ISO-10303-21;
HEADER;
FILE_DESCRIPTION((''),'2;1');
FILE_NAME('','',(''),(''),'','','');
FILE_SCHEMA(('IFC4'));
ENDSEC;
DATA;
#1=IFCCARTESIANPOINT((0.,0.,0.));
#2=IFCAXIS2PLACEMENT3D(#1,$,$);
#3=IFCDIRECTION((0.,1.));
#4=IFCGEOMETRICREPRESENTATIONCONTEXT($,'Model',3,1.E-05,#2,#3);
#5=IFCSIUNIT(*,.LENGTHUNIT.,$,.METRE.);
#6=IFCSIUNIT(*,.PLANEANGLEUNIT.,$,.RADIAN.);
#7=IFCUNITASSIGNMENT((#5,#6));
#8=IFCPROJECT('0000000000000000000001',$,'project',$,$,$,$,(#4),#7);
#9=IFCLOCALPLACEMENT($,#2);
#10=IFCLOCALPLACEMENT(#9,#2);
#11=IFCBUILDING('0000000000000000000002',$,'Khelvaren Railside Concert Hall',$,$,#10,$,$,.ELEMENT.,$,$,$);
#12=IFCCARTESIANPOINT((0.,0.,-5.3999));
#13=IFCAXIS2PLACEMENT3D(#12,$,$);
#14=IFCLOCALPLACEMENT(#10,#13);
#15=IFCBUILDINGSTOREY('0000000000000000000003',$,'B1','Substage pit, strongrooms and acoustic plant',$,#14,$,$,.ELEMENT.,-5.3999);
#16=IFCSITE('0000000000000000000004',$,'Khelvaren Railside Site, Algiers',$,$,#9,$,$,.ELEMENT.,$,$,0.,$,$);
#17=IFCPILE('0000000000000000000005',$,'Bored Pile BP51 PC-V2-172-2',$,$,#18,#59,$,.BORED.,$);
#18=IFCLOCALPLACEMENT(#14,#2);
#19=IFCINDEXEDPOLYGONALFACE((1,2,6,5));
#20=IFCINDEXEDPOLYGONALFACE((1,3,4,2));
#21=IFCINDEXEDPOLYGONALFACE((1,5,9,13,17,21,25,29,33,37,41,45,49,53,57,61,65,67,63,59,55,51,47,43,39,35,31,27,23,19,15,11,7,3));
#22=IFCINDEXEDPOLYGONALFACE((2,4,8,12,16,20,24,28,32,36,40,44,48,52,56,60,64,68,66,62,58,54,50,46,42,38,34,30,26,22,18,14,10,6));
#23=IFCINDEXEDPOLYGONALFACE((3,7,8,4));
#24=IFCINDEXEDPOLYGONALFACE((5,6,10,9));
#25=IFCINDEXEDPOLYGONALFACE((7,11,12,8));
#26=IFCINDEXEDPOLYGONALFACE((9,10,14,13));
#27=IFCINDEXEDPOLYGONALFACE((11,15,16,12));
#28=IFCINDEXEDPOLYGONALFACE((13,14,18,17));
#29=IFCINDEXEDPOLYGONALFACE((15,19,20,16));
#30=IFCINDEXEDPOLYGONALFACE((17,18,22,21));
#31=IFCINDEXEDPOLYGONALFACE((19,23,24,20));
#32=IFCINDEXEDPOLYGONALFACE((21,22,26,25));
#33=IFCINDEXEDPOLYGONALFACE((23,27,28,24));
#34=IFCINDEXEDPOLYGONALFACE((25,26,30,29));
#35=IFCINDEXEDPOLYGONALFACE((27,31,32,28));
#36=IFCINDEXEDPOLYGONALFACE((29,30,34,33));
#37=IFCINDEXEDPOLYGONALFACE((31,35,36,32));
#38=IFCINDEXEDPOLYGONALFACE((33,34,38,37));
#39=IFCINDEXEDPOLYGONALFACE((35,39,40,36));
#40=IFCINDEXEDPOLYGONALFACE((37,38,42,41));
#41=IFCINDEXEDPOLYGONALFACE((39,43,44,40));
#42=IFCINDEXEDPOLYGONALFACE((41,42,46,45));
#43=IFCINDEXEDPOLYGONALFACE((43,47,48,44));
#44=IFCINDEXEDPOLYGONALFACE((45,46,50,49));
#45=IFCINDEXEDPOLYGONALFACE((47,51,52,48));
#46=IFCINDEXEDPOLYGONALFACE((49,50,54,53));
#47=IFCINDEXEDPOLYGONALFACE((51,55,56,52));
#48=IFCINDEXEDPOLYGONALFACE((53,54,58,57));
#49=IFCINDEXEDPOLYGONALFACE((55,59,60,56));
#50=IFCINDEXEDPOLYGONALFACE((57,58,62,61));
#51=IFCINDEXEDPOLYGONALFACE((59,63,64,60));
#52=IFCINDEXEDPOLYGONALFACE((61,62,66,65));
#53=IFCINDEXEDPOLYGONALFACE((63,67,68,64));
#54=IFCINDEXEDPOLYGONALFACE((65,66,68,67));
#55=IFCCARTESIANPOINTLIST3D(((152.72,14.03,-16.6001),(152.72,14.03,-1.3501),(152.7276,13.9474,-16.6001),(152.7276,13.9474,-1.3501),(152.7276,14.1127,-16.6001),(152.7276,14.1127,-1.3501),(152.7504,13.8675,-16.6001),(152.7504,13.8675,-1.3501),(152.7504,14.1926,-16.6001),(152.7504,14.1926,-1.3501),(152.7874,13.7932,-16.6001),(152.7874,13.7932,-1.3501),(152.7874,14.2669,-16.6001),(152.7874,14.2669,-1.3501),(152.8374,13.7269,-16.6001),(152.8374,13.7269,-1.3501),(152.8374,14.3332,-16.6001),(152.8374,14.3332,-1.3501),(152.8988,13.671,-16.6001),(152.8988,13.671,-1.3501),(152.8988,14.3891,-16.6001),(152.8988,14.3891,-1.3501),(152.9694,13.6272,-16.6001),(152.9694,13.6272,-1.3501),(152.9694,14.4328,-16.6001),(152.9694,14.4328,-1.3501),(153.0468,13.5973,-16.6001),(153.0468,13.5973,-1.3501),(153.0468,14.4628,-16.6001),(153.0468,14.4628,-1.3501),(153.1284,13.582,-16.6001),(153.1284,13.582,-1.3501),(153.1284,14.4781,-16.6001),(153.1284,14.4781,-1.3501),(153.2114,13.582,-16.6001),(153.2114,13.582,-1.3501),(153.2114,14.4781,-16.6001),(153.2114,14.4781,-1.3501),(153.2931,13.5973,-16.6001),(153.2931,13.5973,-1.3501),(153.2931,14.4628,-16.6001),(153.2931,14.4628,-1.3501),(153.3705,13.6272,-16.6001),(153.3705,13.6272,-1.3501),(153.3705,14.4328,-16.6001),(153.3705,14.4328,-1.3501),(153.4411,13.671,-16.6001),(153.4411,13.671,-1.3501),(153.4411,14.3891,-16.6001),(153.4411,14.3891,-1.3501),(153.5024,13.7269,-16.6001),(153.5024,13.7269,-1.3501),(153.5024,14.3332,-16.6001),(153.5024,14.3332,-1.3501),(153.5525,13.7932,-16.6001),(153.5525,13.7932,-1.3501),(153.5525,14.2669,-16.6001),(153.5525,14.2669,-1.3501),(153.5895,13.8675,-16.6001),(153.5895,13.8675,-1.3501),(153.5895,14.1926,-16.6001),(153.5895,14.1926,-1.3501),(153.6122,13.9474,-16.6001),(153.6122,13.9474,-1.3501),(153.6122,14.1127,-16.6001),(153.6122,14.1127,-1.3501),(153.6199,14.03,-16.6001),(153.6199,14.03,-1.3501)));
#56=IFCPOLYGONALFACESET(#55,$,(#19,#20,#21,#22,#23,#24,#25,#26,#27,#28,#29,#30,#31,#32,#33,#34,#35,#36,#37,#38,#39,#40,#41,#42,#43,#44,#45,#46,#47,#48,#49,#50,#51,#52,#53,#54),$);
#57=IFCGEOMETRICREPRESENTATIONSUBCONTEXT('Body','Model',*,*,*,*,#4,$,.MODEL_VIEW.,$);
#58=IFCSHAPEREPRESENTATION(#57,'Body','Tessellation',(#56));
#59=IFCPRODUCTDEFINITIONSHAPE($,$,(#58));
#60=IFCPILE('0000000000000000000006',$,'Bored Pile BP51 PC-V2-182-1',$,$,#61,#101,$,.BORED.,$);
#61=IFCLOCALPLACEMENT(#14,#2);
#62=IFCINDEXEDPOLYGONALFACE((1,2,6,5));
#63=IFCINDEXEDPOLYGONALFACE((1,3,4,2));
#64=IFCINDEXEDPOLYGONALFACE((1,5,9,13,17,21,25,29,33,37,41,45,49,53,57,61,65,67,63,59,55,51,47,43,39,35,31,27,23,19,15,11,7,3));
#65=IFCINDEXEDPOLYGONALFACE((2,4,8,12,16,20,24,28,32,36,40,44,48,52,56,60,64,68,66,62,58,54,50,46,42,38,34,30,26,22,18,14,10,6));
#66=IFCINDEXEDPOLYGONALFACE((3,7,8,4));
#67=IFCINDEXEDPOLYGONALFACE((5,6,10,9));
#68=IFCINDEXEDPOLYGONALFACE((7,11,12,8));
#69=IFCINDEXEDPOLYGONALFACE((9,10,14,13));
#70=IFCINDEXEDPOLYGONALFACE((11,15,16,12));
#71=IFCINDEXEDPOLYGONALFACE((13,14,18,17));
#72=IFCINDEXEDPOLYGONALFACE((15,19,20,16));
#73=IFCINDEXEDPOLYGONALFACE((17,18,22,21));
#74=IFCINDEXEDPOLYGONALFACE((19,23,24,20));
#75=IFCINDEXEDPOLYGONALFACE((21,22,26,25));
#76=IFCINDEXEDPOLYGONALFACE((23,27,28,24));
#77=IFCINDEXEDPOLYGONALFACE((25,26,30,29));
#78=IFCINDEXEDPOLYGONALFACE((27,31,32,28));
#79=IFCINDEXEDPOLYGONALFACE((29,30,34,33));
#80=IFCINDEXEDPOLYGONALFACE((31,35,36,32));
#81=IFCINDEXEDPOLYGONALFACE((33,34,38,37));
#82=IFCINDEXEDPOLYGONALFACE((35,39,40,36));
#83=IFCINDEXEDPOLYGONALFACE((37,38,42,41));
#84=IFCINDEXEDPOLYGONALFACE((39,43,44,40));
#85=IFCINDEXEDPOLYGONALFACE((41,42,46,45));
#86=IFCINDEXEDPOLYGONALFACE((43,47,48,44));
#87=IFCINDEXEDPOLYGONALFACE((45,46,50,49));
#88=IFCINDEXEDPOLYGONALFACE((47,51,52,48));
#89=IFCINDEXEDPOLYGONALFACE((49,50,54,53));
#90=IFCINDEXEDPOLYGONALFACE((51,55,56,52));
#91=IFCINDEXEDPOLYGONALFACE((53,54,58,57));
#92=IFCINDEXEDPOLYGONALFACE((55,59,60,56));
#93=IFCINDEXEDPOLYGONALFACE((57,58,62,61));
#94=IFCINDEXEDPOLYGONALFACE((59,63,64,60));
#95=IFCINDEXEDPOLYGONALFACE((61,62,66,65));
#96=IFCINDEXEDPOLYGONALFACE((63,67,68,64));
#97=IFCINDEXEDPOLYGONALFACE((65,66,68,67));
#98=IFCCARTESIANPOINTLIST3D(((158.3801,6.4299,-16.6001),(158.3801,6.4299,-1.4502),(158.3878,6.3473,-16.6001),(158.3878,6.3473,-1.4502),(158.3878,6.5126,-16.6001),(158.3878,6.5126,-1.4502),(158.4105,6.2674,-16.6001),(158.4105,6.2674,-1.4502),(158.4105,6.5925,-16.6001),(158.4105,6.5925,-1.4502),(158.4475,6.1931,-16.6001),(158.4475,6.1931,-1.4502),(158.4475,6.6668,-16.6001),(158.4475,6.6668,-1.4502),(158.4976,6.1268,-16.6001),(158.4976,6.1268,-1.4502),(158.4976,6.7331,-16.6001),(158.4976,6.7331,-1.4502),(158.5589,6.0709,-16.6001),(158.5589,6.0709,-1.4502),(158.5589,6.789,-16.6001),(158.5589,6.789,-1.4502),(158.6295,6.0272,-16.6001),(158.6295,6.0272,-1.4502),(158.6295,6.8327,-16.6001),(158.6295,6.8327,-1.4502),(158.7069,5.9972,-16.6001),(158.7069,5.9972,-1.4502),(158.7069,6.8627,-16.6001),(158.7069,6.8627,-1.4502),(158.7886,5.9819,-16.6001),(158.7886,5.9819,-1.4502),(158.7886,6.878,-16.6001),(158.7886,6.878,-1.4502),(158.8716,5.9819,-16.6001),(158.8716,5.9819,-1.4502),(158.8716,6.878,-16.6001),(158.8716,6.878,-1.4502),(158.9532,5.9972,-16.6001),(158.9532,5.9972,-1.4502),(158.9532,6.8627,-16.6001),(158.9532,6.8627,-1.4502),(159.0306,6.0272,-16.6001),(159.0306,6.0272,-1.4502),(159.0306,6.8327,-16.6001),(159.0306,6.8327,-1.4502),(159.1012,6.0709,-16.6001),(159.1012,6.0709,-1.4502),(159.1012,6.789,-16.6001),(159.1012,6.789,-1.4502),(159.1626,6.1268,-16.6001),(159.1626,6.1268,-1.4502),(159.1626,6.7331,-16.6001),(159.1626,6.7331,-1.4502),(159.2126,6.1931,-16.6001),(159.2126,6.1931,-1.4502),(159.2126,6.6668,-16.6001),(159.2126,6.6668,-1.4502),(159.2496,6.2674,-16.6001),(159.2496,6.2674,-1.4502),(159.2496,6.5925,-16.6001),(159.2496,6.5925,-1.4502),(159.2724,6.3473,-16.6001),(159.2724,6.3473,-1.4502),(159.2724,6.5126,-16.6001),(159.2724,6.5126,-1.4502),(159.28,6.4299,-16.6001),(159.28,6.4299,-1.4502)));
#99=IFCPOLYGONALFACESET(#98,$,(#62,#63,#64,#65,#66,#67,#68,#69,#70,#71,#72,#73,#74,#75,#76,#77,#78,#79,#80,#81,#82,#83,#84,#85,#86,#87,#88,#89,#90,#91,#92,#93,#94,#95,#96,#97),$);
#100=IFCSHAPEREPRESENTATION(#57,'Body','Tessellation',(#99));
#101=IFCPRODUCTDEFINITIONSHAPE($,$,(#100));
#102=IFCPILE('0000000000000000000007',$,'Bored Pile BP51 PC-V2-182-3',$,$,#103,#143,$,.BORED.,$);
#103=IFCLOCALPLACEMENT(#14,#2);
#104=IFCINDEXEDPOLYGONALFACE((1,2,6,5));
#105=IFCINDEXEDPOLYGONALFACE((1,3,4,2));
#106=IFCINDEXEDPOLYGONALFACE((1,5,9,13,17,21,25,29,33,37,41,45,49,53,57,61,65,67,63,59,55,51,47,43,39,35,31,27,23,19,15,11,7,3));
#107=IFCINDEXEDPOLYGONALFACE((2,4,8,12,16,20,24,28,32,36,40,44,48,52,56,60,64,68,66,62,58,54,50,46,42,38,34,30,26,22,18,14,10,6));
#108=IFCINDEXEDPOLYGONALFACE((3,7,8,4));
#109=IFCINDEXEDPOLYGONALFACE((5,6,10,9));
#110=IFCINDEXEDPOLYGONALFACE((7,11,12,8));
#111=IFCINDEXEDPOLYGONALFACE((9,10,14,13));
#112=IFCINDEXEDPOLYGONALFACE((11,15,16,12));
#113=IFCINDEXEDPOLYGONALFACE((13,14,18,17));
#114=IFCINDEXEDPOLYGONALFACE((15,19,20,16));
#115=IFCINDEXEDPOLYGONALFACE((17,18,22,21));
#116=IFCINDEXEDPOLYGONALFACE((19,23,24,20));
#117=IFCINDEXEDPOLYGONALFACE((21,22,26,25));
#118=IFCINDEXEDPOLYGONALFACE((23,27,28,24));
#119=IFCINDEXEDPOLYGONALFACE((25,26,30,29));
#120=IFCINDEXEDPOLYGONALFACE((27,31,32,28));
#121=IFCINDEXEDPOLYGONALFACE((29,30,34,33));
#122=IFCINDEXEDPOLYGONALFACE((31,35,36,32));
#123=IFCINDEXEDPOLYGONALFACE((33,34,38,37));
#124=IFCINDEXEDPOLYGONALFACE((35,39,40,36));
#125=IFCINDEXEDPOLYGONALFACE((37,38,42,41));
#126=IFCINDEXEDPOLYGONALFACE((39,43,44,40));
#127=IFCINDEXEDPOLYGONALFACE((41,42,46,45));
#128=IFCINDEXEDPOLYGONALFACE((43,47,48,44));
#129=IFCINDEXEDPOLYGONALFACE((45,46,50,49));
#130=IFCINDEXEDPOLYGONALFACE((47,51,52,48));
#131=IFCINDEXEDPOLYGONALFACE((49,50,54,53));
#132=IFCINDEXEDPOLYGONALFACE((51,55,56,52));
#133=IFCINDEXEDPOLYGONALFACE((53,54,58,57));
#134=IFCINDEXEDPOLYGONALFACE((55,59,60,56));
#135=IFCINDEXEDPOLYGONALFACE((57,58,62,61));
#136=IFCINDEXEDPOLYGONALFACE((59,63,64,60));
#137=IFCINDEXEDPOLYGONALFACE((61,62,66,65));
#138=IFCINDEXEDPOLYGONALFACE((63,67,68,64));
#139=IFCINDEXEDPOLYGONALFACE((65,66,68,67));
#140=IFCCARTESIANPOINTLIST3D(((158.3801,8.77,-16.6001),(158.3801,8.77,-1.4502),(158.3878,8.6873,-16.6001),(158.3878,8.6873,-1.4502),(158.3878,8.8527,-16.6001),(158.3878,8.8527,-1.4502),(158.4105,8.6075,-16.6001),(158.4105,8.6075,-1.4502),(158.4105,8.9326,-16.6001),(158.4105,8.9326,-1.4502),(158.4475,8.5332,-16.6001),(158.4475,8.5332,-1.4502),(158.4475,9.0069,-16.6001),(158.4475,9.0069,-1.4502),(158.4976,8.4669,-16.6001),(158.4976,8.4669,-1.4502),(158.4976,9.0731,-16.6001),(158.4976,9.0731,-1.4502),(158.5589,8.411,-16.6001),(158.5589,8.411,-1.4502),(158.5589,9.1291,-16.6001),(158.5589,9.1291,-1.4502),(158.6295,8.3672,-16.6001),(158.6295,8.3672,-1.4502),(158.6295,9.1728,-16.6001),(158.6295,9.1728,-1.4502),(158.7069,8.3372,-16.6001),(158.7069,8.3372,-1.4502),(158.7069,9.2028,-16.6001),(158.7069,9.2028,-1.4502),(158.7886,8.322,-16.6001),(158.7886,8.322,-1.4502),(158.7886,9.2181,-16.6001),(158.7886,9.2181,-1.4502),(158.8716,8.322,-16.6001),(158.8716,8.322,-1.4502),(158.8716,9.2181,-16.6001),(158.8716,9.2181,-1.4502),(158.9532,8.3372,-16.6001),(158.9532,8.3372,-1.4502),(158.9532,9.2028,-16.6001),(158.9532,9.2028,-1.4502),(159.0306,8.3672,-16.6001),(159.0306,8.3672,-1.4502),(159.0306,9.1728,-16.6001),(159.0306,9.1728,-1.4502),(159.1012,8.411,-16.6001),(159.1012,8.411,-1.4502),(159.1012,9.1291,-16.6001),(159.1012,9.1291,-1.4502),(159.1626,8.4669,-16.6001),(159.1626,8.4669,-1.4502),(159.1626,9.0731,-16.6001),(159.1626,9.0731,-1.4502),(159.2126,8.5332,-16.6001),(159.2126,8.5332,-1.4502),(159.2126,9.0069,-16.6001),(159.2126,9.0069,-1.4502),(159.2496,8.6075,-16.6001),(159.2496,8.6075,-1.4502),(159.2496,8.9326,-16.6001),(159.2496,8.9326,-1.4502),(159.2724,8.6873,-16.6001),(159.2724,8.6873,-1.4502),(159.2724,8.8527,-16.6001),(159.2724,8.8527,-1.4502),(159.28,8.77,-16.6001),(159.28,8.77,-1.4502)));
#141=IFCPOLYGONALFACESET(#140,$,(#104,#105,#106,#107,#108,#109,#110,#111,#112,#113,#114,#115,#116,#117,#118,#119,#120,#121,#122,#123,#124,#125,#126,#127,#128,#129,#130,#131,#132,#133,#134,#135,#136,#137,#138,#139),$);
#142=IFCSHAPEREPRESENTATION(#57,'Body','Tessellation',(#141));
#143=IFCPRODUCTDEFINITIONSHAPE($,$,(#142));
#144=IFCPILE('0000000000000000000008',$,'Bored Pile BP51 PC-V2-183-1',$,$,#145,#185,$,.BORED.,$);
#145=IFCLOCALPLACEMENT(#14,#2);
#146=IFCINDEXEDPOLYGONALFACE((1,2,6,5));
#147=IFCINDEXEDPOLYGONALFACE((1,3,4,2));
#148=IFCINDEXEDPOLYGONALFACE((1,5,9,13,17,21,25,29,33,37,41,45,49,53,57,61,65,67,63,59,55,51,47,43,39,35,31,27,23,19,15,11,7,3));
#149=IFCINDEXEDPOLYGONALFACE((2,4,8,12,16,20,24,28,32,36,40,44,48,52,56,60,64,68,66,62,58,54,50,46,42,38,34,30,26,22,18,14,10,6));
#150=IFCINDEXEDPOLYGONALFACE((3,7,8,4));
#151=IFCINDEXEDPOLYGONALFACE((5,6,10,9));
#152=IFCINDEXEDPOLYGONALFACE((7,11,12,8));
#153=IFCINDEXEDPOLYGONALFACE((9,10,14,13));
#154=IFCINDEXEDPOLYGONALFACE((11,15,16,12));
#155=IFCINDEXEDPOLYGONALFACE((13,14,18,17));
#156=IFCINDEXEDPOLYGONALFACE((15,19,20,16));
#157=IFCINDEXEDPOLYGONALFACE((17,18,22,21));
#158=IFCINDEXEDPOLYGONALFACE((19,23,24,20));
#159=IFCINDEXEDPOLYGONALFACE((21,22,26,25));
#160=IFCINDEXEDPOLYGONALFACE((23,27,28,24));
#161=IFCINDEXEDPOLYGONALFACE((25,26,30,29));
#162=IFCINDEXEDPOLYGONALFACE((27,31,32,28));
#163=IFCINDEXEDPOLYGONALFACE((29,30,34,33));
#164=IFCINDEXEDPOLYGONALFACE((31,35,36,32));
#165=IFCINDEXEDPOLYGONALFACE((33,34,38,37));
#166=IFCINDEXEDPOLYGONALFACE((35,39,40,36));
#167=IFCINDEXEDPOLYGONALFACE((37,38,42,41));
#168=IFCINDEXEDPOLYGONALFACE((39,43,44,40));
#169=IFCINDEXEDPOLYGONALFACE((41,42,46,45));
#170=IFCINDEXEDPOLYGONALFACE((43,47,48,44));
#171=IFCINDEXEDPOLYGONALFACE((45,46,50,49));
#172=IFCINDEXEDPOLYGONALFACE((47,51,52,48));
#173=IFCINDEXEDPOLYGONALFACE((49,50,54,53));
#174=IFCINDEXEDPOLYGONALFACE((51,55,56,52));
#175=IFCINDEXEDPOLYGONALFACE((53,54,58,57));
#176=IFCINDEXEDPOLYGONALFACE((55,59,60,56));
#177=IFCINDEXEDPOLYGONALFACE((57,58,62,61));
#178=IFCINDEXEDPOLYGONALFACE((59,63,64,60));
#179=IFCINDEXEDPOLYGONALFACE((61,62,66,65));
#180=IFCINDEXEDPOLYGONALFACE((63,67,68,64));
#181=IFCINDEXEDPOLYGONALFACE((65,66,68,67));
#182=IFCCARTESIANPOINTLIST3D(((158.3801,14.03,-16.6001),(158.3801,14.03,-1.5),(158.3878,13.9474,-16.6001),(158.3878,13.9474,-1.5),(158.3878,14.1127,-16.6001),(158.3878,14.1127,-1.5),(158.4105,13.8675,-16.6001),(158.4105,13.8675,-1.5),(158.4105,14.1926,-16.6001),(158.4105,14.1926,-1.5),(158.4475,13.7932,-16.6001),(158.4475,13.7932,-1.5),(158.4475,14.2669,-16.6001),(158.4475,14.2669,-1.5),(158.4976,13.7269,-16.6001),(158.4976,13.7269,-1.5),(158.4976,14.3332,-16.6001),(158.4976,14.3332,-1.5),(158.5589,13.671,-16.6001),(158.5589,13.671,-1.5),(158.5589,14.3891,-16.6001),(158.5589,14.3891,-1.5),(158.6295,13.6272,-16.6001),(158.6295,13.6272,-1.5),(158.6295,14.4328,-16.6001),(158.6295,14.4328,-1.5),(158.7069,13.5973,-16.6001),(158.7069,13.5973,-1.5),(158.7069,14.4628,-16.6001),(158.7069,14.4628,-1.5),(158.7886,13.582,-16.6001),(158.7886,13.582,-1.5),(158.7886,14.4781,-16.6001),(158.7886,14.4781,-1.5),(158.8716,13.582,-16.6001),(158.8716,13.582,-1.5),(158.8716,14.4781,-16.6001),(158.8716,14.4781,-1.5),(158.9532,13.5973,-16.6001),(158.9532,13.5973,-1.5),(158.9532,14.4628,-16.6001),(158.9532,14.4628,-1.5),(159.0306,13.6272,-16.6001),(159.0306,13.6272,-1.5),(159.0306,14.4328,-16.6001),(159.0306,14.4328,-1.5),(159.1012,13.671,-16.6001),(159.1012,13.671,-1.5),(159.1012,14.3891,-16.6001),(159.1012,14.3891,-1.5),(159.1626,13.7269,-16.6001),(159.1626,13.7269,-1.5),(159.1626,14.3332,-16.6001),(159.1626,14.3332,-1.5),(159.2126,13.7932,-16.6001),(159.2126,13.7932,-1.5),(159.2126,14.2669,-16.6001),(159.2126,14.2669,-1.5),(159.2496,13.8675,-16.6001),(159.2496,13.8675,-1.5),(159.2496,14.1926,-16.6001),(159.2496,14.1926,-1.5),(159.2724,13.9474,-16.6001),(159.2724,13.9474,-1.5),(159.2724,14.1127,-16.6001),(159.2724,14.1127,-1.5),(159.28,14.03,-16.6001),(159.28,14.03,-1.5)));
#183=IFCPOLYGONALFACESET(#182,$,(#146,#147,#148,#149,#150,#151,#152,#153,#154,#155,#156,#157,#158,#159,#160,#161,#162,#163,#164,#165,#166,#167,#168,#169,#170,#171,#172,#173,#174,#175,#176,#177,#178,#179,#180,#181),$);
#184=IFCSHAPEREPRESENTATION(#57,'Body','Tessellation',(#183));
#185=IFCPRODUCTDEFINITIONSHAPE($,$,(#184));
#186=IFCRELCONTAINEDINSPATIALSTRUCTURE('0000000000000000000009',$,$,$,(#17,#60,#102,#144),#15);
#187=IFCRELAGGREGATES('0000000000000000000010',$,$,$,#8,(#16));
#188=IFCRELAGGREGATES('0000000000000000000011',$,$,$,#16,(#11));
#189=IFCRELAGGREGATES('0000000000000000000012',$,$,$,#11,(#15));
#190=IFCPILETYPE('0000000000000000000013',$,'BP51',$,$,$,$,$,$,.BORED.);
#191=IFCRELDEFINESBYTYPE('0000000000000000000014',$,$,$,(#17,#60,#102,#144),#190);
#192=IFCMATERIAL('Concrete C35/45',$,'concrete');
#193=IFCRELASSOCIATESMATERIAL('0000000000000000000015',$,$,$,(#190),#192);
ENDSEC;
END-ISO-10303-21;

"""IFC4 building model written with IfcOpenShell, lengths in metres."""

from ifc_helpers import new_model, si_unit, direction, frame, origin, origin_2d, place, context, subcontext, project, spatial, circle, extrude, material, material_profile, profile_set, type_object, element, save


model = new_model("IFC4")

# Units and contexts
model_context = context("Model", 3, precision=1e-05, world=origin(), true_north=direction((0.0, 1.0)))
body_context = subcontext(model_context, "Body", "Model", "MODEL_VIEW")
ifc_project = project(units=[si_unit("LENGTHUNIT", "METRE"), si_unit("PLANEANGLEUNIT", "RADIAN")], contexts=[model_context])

# Site, building, storey
site_placement = place(None, origin())
site = spatial("IfcSite", under=ifc_project, at=site_placement, Name="Khelvaren Railside Site, Algiers", CompositionType="ELEMENT", RefElevation=0.0)
building_placement = place(site_placement, origin())
building = spatial("IfcBuilding", under=site, at=building_placement, Name="Khelvaren Railside Concert Hall", CompositionType="ELEMENT")
storey_placement = place(building_placement, frame((0.0, 0.0, -5.3999)))
storey = spatial("IfcBuildingStorey", under=building, at=storey_placement, Name="B1", Description="Substage pit, strongrooms and acoustic plant", CompositionType="ELEMENT", Elevation=-5.3999)

# Piles
ifc_material_1 = material(Name="Concrete C35/45", Category="concrete")
ifc_material_profile_1 = material_profile(ifc_material_1, circle(Radius=0.45, at=origin_2d()), Name="BP D900")
ifc_profile_set_1 = profile_set([ifc_material_profile_1], Name="Concrete C35/45")
pile_type_1 = type_object("IfcPileType", Name="BP51", PredefinedType="BORED", material=ifc_profile_set_1)
for number, where, z_axis, x_axis, name in (
    (1, (153.1699, 14.03, -1.3501), (0.0, 0.0, -1.0), (1.0, 0.0, 0.0), "Bored Pile BP51 PC-V2-172-2"),
):
    element("IfcPile", number, at=place(storey_placement, frame(where, z_axis=z_axis, x_axis=x_axis)), inside=storey, type_object=pile_type_1, Name=name, PredefinedType="BORED", context=body_context, shape_type="SweptSolid", body=[
        extrude(circle(Radius=0.45, at=origin_2d()), origin(), (0.0, 0.0, 1.0), 15.25),
    ])
for number, where, z_axis, x_axis, name in (
    (2, (158.8301, 6.4299, -1.4502), (0.0, 0.0, -1.0), (1.0, 0.0, 0.0), "Bored Pile BP51 PC-V2-182-1"),
    (3, (158.8301, 8.77, -1.4502), (0.0, 0.0, -1.0), (1.0, 0.0, 0.0), "Bored Pile BP51 PC-V2-182-3"),
):
    element("IfcPile", number, at=place(storey_placement, frame(where, z_axis=z_axis, x_axis=x_axis)), inside=storey, type_object=pile_type_1, Name=name, PredefinedType="BORED", context=body_context, shape_type="SweptSolid", body=[
        extrude(circle(Radius=0.45, at=origin_2d()), origin(), (0.0, 0.0, 1.0), 15.1499),
    ])
pile_1_placement = place(storey_placement, frame((158.8301, 14.03, -1.5), z_axis=(0.0, 0.0, -1.0), x_axis=(1.0, 0.0, 0.0)))
element("IfcPile", 4, at=pile_1_placement, inside=storey, type_object=pile_type_1, Name="Bored Pile BP51 PC-V2-183-1", PredefinedType="BORED", context=body_context, shape_type="SweptSolid", body=[
    extrude(circle(Radius=0.45, at=origin_2d()), origin(), (0.0, 0.0, 1.0), 15.1001),
])

save(model, "model.ifc")
